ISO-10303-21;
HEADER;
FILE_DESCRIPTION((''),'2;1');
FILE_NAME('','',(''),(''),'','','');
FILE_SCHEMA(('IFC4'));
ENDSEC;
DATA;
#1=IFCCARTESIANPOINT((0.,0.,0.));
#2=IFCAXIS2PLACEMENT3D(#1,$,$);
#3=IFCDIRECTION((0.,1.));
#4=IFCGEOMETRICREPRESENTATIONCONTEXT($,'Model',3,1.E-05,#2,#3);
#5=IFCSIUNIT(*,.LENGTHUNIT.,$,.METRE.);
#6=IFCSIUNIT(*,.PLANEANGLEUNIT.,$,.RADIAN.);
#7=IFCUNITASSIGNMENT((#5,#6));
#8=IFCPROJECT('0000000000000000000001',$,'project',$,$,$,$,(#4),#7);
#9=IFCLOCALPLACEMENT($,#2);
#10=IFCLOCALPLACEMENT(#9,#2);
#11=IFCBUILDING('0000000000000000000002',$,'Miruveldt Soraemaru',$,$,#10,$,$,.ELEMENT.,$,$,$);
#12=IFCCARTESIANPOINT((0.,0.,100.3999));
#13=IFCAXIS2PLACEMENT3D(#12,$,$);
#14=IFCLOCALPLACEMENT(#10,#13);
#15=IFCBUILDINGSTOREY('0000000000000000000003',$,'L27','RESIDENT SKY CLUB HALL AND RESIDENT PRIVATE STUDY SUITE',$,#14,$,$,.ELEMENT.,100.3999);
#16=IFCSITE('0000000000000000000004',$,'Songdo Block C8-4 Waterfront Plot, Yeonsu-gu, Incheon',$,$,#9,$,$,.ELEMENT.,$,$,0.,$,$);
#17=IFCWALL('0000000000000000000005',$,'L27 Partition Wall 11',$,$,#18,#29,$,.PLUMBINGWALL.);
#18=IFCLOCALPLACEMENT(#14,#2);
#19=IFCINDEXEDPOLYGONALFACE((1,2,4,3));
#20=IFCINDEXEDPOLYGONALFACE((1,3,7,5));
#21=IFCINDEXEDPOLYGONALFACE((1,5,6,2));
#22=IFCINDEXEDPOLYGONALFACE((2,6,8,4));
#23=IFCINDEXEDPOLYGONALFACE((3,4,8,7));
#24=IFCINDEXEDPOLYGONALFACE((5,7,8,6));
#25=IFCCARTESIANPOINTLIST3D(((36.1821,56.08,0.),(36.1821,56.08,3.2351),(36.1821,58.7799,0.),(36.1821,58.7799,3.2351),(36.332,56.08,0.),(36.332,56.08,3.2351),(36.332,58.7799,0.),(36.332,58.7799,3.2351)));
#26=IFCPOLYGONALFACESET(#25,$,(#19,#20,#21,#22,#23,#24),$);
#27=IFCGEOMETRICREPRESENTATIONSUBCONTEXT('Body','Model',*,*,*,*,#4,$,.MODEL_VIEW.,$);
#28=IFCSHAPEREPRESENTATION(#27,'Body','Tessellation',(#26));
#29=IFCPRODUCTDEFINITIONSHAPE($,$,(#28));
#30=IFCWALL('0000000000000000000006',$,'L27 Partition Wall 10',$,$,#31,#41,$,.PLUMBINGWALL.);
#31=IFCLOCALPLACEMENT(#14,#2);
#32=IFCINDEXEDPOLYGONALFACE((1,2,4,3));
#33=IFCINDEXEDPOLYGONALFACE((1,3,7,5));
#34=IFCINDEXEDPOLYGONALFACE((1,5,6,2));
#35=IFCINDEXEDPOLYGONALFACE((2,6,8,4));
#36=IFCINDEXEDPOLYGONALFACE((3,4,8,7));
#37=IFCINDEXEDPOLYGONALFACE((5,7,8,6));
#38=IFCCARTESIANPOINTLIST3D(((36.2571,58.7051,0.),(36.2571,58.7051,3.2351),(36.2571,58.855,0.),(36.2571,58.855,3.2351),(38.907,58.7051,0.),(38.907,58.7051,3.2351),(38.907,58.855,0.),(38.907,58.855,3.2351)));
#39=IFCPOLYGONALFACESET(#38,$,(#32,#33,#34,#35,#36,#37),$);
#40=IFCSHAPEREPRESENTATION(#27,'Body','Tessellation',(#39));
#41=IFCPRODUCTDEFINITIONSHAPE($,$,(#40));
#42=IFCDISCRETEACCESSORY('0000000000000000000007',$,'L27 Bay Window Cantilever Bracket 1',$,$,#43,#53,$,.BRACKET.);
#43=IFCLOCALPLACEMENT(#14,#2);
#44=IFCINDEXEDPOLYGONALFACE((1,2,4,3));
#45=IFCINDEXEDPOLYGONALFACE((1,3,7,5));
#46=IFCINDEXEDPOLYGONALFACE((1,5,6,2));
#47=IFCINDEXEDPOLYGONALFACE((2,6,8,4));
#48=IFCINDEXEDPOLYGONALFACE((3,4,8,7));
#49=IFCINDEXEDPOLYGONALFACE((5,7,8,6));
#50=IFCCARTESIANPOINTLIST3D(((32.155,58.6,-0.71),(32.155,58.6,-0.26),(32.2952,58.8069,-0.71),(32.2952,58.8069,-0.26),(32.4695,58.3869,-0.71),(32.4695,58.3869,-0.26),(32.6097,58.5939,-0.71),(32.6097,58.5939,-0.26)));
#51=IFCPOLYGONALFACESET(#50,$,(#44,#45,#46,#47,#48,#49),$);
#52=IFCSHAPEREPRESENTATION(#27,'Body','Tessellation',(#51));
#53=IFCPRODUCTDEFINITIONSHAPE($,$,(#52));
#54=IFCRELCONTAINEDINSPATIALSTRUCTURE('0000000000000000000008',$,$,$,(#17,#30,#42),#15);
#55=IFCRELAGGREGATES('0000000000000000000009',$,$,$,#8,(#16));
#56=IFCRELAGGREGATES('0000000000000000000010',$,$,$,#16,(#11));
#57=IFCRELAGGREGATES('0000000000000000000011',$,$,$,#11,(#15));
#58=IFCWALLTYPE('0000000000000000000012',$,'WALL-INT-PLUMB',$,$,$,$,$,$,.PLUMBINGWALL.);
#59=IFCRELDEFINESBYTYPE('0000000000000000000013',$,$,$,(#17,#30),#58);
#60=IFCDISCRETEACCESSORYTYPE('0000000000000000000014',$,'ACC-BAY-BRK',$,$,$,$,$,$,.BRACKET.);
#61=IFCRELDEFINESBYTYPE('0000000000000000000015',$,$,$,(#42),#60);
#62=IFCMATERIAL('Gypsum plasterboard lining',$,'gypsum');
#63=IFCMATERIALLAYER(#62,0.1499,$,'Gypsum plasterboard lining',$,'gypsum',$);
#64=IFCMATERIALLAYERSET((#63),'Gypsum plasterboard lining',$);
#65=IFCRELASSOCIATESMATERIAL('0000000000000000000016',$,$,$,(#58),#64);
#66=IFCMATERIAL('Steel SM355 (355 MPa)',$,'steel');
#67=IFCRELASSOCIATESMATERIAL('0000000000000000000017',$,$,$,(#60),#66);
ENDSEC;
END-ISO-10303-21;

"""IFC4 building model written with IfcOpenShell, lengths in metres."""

from ifc_helpers import new_model, si_unit, direction, frame, frame_2d, origin, origin_2d, place, context, subcontext, project, spatial, rectangle, extrude, material, layer, layer_set, type_object, element, save


model = new_model("IFC4")

# Units and contexts
model_context = context("Model", 3, precision=1e-05, world=origin(), true_north=direction((0.0, 1.0)))
body_context = subcontext(model_context, "Body", "Model", "MODEL_VIEW")
ifc_project = project(units=[si_unit("LENGTHUNIT", "METRE"), si_unit("PLANEANGLEUNIT", "RADIAN")], contexts=[model_context])

# Site, building, storey
site_placement = place(None, origin())
site = spatial("IfcSite", under=ifc_project, at=site_placement, Name="Songdo Block C8-4 Waterfront Plot, Yeonsu-gu, Incheon", CompositionType="ELEMENT", RefElevation=0.0)
building_placement = place(site_placement, origin())
building = spatial("IfcBuilding", under=site, at=building_placement, Name="Miruveldt Soraemaru", CompositionType="ELEMENT")
storey_placement = place(building_placement, frame((0.0, 0.0, 100.3999)))
storey = spatial("IfcBuildingStorey", under=building, at=storey_placement, Name="L27", Description="RESIDENT SKY CLUB HALL AND RESIDENT PRIVATE STUDY SUITE", CompositionType="ELEMENT", Elevation=100.3999)

# Shared definitions
ifc_material_1 = material(Name="Steel SM355 (355 MPa)", Category="steel")

# Walls
ifc_material_2 = material(Name="Gypsum plasterboard lining", Category="gypsum")
ifc_layer_1 = layer(ifc_material_2, 0.1499, Name="Gypsum plasterboard lining", Category="gypsum")
ifc_layer_set_1 = layer_set([ifc_layer_1], Name="Gypsum plasterboard lining")
wall_type_1 = type_object("IfcWallType", Name="WALL-INT-PLUMB", PredefinedType="PLUMBINGWALL", material=ifc_layer_set_1)
wall_1_placement = place(storey_placement, frame((36.2571, 58.78, 0.0), z_axis=(0.0, 0.0, 1.0), x_axis=(0.0, -1.0, 0.0)))
element("IfcWall", 1, at=wall_1_placement, inside=storey, type_object=wall_type_1, Name="L27 Partition Wall 11", PredefinedType="PLUMBINGWALL", context=body_context, shape_type="SweptSolid", body=[
    extrude(rectangle(XDim=2.7, YDim=0.1499, at=frame_2d((1.3501, 0.0))), origin(), (0.0, 0.0, 1.0), 3.2351),
])
wall_2_placement = place(storey_placement, frame((38.907, 58.78, 0.0), z_axis=(0.0, 0.0, 1.0), x_axis=(-1.0, 0.0, 0.0)))
element("IfcWall", 2, at=wall_2_placement, inside=storey, type_object=wall_type_1, Name="L27 Partition Wall 10", PredefinedType="PLUMBINGWALL", context=body_context, shape_type="SweptSolid", body=[
    extrude(rectangle(XDim=2.6499, YDim=0.1499, at=frame_2d((1.325, 0.0))), origin(), (0.0, 0.0, 1.0), 3.2351),
])

# Discrete accessory
discrete_accessory_type = type_object("IfcDiscreteAccessoryType", Name="ACC-BAY-BRK", PredefinedType="BRACKET", material=ifc_material_1)
discrete_accessory_placement = place(storey_placement, frame((32.3823, 58.5969, -0.71), z_axis=(0.0, 0.0, 1.0), x_axis=(-0.827923, 0.560841, 0.0)))
element("IfcDiscreteAccessory", 3, at=discrete_accessory_placement, inside=storey, type_object=discrete_accessory_type, Name="L27 Bay Window Cantilever Bracket 1", PredefinedType="BRACKET", context=body_context, shape_type="SweptSolid", body=[
    extrude(rectangle(XDim=0.3799, YDim=0.25, at=origin_2d()), origin(), (0.0, 0.0, 1.0), 0.45),
])

save(model, "model.ifc")
